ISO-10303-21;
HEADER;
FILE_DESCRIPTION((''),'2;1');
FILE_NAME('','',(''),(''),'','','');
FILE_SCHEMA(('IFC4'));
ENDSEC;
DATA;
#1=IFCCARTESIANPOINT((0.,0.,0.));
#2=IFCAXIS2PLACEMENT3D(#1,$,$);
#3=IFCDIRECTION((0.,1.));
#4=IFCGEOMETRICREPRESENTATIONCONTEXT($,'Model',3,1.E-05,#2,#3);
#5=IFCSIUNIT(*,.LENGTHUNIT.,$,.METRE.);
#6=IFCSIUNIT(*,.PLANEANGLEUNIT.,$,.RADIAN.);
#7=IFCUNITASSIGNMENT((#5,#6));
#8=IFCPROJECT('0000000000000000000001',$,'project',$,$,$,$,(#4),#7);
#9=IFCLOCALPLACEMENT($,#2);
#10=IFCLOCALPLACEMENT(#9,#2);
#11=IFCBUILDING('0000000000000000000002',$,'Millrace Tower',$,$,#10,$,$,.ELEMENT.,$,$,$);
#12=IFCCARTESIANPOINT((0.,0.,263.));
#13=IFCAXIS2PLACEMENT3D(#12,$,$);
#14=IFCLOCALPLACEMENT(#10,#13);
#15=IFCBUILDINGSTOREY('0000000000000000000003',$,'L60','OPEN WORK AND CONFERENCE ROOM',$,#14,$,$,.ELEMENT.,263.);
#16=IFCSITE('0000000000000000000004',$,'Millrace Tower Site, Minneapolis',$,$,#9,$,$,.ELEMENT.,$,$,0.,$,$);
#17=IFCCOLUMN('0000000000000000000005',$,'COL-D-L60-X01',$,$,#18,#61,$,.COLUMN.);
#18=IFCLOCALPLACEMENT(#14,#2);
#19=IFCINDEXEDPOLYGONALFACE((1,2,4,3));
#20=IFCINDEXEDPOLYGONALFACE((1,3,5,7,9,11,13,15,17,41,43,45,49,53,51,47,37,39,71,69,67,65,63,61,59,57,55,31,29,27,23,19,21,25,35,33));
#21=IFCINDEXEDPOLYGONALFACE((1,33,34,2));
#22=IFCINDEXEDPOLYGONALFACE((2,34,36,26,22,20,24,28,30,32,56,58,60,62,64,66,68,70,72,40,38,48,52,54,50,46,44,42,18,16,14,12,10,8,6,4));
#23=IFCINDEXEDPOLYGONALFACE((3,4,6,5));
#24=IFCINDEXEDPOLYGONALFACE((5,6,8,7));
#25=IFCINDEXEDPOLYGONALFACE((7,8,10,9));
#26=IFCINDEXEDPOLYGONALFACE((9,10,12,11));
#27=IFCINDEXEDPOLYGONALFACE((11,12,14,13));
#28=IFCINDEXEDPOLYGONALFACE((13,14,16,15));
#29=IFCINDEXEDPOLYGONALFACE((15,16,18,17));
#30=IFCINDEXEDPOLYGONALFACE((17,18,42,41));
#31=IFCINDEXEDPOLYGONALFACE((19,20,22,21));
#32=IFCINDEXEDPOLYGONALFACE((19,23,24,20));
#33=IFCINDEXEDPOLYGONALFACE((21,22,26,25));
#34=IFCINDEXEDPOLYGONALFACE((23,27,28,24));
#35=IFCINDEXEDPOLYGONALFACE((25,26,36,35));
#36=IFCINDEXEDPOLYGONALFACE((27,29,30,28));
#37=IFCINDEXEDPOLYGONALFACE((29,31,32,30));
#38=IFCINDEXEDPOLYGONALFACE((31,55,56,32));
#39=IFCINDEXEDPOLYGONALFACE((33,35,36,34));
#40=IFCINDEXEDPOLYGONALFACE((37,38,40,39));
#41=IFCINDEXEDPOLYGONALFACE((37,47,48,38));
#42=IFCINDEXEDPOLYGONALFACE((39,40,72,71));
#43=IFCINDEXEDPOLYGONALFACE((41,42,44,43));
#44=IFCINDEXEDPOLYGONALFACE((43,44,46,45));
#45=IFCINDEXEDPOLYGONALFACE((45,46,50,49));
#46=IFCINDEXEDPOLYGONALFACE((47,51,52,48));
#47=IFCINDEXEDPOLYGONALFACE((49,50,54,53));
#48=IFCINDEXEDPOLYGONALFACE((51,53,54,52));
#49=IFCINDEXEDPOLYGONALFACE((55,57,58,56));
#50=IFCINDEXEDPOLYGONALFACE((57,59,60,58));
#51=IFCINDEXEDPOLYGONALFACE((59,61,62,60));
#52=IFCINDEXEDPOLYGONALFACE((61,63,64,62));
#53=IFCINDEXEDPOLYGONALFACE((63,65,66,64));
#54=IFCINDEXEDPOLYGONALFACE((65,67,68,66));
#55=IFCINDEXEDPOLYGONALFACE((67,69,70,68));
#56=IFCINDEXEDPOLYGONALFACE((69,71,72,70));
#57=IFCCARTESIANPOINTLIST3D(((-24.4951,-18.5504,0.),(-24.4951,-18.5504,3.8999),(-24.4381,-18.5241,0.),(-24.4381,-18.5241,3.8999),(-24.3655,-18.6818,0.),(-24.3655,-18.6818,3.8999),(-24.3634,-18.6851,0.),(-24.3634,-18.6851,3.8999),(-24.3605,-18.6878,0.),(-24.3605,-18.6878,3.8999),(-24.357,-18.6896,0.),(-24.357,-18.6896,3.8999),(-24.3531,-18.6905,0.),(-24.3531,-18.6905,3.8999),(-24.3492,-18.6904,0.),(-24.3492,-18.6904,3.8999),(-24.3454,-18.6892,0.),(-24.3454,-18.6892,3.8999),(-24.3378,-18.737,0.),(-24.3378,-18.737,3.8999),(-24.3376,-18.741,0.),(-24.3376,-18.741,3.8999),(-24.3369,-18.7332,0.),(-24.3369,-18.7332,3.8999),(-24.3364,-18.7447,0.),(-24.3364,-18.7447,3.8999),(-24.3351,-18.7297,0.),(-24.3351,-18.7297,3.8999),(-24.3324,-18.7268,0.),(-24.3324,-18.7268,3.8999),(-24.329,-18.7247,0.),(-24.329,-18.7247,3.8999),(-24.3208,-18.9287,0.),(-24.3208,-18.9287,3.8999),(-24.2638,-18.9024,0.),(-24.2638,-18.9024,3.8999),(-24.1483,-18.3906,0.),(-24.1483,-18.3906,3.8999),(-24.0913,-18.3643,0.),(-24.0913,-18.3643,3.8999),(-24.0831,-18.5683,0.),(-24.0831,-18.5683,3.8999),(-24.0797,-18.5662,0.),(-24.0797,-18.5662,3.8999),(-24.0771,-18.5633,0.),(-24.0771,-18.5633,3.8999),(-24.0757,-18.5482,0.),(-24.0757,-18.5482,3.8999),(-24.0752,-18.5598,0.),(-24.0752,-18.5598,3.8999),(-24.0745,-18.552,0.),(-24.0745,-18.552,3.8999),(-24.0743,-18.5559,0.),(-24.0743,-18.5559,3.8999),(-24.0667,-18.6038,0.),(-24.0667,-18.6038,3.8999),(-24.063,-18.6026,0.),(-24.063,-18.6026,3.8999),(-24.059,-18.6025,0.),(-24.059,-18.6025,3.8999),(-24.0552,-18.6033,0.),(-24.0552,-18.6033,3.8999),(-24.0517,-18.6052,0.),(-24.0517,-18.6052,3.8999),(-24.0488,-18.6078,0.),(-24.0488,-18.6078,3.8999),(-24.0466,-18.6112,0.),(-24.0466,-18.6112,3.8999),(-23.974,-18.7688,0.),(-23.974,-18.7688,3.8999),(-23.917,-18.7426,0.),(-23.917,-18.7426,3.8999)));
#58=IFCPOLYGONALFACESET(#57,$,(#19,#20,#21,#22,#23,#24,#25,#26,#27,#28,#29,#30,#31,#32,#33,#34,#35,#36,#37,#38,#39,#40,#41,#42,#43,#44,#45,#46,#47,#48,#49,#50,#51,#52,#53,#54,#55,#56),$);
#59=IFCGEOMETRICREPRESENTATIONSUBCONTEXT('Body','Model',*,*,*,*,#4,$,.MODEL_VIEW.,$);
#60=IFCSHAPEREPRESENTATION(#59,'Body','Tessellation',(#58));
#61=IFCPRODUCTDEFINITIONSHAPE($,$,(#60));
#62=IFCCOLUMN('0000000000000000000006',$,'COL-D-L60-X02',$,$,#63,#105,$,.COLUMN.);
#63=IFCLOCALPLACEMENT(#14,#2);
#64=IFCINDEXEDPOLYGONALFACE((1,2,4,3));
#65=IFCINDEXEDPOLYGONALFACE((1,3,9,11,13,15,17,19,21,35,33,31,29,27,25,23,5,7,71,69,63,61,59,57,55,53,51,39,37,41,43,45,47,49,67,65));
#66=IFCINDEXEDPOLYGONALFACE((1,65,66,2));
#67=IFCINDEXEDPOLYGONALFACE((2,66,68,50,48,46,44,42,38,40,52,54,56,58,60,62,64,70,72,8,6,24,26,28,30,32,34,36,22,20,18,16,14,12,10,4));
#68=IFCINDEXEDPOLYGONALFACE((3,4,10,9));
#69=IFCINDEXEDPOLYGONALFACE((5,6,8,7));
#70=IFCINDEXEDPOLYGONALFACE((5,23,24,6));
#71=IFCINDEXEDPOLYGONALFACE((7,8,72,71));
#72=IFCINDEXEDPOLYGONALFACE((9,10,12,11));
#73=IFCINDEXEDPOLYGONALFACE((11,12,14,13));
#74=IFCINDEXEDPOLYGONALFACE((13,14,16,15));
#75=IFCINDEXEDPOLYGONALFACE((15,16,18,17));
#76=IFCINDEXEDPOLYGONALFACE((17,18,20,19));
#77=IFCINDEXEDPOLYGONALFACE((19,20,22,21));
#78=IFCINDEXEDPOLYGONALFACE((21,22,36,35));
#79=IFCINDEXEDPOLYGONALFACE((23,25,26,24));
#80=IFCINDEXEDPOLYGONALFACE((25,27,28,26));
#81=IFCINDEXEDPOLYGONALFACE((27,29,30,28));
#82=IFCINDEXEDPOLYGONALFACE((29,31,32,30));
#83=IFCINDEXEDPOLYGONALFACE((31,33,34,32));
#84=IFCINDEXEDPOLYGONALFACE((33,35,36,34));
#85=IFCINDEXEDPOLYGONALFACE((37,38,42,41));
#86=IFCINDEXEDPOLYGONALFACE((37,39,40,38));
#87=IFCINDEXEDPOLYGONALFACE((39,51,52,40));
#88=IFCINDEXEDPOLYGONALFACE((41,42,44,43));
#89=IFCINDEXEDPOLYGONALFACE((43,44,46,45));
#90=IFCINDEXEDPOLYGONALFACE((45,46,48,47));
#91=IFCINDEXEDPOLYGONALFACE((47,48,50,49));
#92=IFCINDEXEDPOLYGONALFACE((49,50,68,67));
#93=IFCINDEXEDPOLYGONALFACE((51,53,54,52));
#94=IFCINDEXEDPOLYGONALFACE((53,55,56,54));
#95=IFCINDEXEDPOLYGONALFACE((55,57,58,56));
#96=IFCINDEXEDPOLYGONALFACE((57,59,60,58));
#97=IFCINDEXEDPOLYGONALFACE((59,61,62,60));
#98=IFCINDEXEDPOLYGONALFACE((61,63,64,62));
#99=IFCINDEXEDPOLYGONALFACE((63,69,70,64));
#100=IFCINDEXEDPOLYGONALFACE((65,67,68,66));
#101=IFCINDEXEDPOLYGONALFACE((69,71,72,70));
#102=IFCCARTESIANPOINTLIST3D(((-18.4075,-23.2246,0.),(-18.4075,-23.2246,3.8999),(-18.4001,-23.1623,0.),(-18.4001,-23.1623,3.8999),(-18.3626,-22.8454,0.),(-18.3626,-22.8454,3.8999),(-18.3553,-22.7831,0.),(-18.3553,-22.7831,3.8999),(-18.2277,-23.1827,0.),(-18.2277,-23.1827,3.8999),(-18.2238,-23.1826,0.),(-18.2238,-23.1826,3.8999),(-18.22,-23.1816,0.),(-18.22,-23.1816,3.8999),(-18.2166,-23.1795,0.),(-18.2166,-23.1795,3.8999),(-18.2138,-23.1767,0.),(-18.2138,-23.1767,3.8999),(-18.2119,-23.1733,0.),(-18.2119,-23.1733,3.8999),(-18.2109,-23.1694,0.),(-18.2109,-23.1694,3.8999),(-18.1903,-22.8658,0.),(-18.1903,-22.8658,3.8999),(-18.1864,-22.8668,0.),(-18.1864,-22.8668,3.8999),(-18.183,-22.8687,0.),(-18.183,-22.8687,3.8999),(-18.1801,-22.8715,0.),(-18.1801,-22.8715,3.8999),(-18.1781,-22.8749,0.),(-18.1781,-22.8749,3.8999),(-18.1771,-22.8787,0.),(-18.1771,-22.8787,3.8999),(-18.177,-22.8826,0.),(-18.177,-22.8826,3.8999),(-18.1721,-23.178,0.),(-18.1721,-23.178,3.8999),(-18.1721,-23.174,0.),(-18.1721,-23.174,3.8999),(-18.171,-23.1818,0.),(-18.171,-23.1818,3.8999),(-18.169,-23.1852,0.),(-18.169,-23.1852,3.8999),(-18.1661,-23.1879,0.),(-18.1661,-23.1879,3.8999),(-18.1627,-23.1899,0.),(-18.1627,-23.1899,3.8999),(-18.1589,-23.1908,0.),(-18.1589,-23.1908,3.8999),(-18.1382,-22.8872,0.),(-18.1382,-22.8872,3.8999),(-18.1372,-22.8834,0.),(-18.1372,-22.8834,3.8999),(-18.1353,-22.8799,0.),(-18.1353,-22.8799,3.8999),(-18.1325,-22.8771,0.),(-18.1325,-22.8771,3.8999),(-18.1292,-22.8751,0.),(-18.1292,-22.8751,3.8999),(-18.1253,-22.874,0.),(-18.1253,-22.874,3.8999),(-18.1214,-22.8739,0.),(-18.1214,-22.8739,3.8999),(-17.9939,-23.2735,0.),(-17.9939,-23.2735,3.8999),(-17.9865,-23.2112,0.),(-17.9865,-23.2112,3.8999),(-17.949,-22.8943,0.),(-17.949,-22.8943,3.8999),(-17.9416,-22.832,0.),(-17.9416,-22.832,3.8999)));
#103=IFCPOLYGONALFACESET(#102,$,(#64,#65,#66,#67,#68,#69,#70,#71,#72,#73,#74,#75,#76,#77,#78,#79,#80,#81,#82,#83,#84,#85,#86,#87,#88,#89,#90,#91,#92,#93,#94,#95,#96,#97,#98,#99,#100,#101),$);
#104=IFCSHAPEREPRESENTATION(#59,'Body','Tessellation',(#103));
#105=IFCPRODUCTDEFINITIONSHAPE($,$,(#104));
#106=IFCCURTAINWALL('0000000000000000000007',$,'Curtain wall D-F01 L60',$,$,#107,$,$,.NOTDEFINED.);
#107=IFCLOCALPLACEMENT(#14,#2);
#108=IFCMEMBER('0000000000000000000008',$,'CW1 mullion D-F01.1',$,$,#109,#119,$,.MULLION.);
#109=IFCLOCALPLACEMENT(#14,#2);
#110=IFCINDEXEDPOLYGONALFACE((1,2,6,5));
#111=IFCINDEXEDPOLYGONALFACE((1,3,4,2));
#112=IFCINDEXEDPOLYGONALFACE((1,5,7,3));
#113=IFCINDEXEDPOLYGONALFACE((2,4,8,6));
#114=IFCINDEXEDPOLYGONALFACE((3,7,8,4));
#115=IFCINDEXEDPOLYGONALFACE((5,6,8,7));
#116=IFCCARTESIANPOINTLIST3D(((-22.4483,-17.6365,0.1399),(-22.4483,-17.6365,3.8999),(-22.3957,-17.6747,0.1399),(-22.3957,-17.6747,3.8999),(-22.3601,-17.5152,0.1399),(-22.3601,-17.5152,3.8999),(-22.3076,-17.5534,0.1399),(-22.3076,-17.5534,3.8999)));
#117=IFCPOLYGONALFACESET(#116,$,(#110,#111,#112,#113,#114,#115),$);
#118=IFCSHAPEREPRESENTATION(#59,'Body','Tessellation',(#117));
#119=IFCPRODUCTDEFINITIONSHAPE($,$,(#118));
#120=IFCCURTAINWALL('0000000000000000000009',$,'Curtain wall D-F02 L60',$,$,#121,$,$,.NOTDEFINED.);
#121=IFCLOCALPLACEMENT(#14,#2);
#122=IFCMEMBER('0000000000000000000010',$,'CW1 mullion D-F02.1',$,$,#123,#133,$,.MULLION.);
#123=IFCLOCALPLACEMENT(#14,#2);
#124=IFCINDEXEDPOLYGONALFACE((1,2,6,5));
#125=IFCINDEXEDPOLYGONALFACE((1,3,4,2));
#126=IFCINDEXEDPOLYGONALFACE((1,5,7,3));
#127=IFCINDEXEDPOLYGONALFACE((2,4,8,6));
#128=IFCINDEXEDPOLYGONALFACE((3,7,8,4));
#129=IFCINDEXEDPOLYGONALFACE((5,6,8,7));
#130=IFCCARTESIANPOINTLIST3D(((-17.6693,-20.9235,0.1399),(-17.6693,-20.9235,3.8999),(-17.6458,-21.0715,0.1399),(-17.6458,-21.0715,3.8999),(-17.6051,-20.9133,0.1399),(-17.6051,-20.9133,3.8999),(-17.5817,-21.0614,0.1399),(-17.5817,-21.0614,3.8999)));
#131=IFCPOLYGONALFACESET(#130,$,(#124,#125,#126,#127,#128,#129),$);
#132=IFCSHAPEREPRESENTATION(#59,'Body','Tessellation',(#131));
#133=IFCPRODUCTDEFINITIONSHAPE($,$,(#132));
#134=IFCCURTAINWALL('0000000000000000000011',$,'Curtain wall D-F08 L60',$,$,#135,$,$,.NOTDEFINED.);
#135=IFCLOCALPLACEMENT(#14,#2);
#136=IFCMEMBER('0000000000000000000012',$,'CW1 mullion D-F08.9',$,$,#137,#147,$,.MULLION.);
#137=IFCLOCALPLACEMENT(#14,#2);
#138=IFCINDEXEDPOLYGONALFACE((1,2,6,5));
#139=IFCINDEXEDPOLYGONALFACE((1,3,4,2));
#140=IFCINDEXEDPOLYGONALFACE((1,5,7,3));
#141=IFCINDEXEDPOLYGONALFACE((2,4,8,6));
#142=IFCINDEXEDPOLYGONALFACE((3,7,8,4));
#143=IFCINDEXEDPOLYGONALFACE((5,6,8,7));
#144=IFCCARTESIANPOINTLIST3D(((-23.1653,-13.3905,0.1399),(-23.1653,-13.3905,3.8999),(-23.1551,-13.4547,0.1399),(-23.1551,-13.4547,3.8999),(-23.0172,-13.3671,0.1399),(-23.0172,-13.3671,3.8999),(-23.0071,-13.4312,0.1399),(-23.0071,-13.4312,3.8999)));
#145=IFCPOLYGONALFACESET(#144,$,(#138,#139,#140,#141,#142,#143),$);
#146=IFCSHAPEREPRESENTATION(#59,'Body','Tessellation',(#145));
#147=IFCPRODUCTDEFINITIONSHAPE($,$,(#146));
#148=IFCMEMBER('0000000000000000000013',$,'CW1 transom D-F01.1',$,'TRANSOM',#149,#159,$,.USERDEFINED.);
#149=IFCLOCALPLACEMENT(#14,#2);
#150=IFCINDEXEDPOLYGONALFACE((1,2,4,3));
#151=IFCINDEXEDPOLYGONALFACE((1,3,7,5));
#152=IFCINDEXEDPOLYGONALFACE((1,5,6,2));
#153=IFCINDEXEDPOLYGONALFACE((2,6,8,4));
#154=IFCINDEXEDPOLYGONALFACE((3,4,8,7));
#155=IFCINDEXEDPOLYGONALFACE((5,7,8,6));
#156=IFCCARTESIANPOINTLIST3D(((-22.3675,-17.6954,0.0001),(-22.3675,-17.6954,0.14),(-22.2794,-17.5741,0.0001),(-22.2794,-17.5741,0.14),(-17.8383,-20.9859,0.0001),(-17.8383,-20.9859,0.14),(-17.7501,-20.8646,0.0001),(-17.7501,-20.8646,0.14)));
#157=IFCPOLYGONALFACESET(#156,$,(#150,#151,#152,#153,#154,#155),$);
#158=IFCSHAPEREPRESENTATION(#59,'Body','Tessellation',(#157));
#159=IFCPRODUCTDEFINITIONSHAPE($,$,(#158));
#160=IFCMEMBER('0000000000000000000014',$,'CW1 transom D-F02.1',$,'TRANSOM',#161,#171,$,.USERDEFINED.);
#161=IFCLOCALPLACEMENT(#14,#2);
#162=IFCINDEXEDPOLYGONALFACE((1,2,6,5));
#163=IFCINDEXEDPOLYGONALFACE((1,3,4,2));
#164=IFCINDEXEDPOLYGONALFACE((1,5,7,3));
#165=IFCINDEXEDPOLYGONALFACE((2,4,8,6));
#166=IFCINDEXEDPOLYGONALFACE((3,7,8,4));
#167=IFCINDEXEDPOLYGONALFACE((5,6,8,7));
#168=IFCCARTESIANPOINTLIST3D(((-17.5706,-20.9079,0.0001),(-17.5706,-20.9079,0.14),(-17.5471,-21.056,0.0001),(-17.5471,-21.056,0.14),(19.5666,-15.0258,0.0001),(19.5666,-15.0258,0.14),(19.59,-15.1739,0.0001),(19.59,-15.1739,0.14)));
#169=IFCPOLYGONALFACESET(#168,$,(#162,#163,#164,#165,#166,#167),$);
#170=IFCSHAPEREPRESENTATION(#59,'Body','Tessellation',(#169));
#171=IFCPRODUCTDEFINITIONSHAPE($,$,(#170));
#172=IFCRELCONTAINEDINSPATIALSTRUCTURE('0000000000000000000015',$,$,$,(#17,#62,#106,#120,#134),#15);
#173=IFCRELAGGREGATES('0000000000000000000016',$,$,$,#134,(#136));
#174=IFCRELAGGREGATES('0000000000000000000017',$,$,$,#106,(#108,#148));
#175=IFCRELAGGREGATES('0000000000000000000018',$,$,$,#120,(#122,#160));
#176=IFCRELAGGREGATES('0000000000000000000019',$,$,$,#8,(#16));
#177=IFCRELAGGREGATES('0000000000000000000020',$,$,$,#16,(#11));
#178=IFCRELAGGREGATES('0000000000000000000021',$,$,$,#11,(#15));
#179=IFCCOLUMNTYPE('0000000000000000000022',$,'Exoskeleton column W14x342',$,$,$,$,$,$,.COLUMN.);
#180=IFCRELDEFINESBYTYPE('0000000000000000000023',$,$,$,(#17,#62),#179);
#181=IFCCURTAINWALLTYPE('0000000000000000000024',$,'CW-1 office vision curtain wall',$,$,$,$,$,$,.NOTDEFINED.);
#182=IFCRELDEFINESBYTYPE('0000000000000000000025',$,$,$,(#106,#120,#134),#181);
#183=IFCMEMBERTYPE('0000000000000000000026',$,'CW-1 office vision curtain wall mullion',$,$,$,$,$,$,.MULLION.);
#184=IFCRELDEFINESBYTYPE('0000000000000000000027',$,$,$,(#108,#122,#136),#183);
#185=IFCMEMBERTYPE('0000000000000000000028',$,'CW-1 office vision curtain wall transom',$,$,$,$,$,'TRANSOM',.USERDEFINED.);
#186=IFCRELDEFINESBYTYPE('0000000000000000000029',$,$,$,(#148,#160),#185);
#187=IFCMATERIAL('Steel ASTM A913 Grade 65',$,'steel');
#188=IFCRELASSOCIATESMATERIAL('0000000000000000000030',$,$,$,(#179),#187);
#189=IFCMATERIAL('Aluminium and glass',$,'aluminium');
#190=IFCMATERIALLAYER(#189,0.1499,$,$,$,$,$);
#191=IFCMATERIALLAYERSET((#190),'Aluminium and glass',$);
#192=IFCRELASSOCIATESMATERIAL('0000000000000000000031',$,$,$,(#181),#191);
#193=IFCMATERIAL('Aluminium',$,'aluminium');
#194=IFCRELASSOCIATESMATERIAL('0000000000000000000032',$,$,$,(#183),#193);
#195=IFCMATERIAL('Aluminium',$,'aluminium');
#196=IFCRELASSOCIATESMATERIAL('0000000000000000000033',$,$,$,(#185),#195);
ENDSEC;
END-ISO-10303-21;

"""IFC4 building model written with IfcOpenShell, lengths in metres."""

from ifc_helpers import new_model, si_unit, direction, frame, origin, origin_2d, place, context, subcontext, project, spatial, rectangle, i_section, extrude, material, layer, layer_set, material_profile, profile_set, type_object, element, aggregate, save


model = new_model("IFC4")

# Units and contexts
model_context = context("Model", 3, precision=1e-05, world=origin(), true_north=direction((0.0, 1.0)))
body_context = subcontext(model_context, "Body", "Model", "MODEL_VIEW")
ifc_project = project(units=[si_unit("LENGTHUNIT", "METRE"), si_unit("PLANEANGLEUNIT", "RADIAN")], contexts=[model_context])

# Site, building, storey
site_placement = place(None, origin())
site = spatial("IfcSite", under=ifc_project, at=site_placement, Name="Millrace Tower Site, Minneapolis", CompositionType="ELEMENT", RefElevation=0.0)
building_placement = place(site_placement, origin())
building = spatial("IfcBuilding", under=site, at=building_placement, Name="Millrace Tower", CompositionType="ELEMENT")
storey_placement = place(building_placement, frame((0.0, 0.0, 263.0)))
storey = spatial("IfcBuildingStorey", under=building, at=storey_placement, Name="L60", Description="OPEN WORK AND CONFERENCE ROOM", CompositionType="ELEMENT", Elevation=263.0)

# Columns
ifc_material_1 = material(Name="Steel ASTM A913 Grade 65", Category="steel")
ifc_material_profile_1 = material_profile(ifc_material_1, i_section(OverallWidth=0.4165, OverallDepth=0.4446, WebThickness=0.0391, FlangeThickness=0.0627, FilletRadius=0.0151, at=origin_2d()))
ifc_profile_set_1 = profile_set([ifc_material_profile_1], Name="Steel ASTM A913 Grade 65")
column_type = type_object("IfcColumnType", Name="Exoskeleton column W14x342", PredefinedType="COLUMN", material=ifc_profile_set_1)
for number, where, z_axis, x_axis, name in (
    (1, (-24.2061, -18.6465, 0.0), (0.0, 0.0, 1.0), (0.418553, -0.908192, 0.0), "COL-D-L60-X01"),
    (2, (-18.1746, -23.0283, 0.0), (0.0, 0.0, 1.0), (0.993082, -0.117421, 0.0), "COL-D-L60-X02"),
):
    element("IfcColumn", number, at=place(storey_placement, frame(where, z_axis=z_axis, x_axis=x_axis)), inside=storey, type_object=column_type, Name=name, PredefinedType="COLUMN", context=body_context, shape_type="SweptSolid", body=[
        extrude(i_section(OverallWidth=0.4165, OverallDepth=0.4446, WebThickness=0.0391, FlangeThickness=0.0627, FilletRadius=0.0151, at=origin_2d()), origin(), (0.0, 0.0, 1.0), 3.8999),
    ])

# Curtain walls, members
ifc_material_2 = material(Name="Aluminium and glass", Category="aluminium")
ifc_layer_1 = layer(ifc_material_2, 0.1499)
ifc_layer_set_1 = layer_set([ifc_layer_1], Name="Aluminium and glass")
curtain_wall_type = type_object("IfcCurtainWallType", Name="CW-1 office vision curtain wall", PredefinedType="NOTDEFINED", material=ifc_layer_set_1)
placement = place(storey_placement, origin())
curtain_wall_1 = element("IfcCurtainWall", 3, at=placement, inside=storey, type_object=curtain_wall_type, Name="Curtain wall D-F01 L60", PredefinedType="NOTDEFINED")
ifc_material_3 = material(Name="Aluminium", Category="aluminium")
ifc_material_profile_2 = material_profile(ifc_material_3, rectangle(XDim=0.0649, YDim=0.1499, at=origin_2d()))
ifc_profile_set_2 = profile_set([ifc_material_profile_2], Name="Aluminium")
member_type_1 = type_object("IfcMemberType", Name="CW-1 office vision curtain wall mullion", PredefinedType="MULLION", material=ifc_profile_set_2)
member_1_placement = place(storey_placement, frame((-22.3779, -17.595, 0.1399), z_axis=(0.0, 0.0, 1.0), x_axis=(0.809017, -0.587785, 0.0)))
member_1 = element("IfcMember", 4, at=member_1_placement, type_object=member_type_1, Name="CW1 mullion D-F01.1", PredefinedType="MULLION", context=body_context, shape_type="SweptSolid", body=[
    extrude(rectangle(XDim=0.0649, YDim=0.1499, at=origin_2d()), origin(), (0.0, 0.0, 1.0), 3.76),
])
curtain_wall_2 = element("IfcCurtainWall", 5, at=placement, inside=storey, type_object=curtain_wall_type, Name="Curtain wall D-F02 L60", PredefinedType="NOTDEFINED")
member_2_placement = place(storey_placement, frame((-17.6255, -20.9924, 0.1399), z_axis=(0.0, 0.0, 1.0), x_axis=(0.987688, 0.156434, 0.0)))
member_2 = element("IfcMember", 6, at=member_2_placement, type_object=member_type_1, Name="CW1 mullion D-F02.1", PredefinedType="MULLION", context=body_context, shape_type="SweptSolid", body=[
    extrude(rectangle(XDim=0.0649, YDim=0.1499, at=origin_2d()), origin(), (0.0, 0.0, 1.0), 3.76),
])
curtain_wall_3 = element("IfcCurtainWall", 7, at=placement, inside=storey, type_object=curtain_wall_type, Name="Curtain wall D-F08 L60", PredefinedType="NOTDEFINED")
member_3_placement = place(storey_placement, frame((-23.0862, -13.4109, 0.1399), z_axis=(0.0, 0.0, 1.0), x_axis=(0.156434, -0.987688, 0.0)))
member_3 = element("IfcMember", 8, at=member_3_placement, type_object=member_type_1, Name="CW1 mullion D-F08.9", PredefinedType="MULLION", context=body_context, shape_type="SweptSolid", body=[
    extrude(rectangle(XDim=0.0649, YDim=0.1499, at=origin_2d()), origin(), (0.0, 0.0, 1.0), 3.76),
])
aggregate(curtain_wall_3, [member_3])

# Members
ifc_material_4 = material(Name="Aluminium", Category="aluminium")
ifc_material_profile_3 = material_profile(ifc_material_4, rectangle(XDim=0.1499, YDim=0.1399, at=origin_2d()))
ifc_profile_set_3 = profile_set([ifc_material_profile_3], Name="Aluminium")
member_type_2 = type_object("IfcMemberType", Name="CW-1 office vision curtain wall transom", ElementType="TRANSOM", PredefinedType="USERDEFINED", material=ifc_profile_set_3)
member_4_placement = place(storey_placement, frame((-22.3235, -17.6348, 0.0701), z_axis=(0.809034, -0.587762, 0.0), x_axis=(0.587762, 0.809034, 0.0)))
member_4 = element("IfcMember", 9, at=member_4_placement, type_object=member_type_2, Name="CW1 transom D-F01.1", ObjectType="TRANSOM", PredefinedType="USERDEFINED", context=body_context, shape_type="SweptSolid", body=[
    extrude(rectangle(XDim=0.1499, YDim=0.1399, at=origin_2d()), origin(), (0.0, 0.0, 1.0), 5.5984),
])
aggregate(curtain_wall_1, [member_1, member_4])
member_5_placement = place(storey_placement, frame((-17.5588, -20.9819, 0.0701), z_axis=(0.987688, 0.156438, 0.0), x_axis=(-0.156438, 0.987688, 0.0)))
member_5 = element("IfcMember", 10, at=member_5_placement, type_object=member_type_2, Name="CW1 transom D-F02.1", ObjectType="TRANSOM", PredefinedType="USERDEFINED", context=body_context, shape_type="SweptSolid", body=[
    extrude(rectangle(XDim=0.1499, YDim=0.1399, at=origin_2d()), origin(), (0.0, 0.0, 1.0), 37.6001),
])
aggregate(curtain_wall_2, [member_2, member_5])

save(model, "model.ifc")
